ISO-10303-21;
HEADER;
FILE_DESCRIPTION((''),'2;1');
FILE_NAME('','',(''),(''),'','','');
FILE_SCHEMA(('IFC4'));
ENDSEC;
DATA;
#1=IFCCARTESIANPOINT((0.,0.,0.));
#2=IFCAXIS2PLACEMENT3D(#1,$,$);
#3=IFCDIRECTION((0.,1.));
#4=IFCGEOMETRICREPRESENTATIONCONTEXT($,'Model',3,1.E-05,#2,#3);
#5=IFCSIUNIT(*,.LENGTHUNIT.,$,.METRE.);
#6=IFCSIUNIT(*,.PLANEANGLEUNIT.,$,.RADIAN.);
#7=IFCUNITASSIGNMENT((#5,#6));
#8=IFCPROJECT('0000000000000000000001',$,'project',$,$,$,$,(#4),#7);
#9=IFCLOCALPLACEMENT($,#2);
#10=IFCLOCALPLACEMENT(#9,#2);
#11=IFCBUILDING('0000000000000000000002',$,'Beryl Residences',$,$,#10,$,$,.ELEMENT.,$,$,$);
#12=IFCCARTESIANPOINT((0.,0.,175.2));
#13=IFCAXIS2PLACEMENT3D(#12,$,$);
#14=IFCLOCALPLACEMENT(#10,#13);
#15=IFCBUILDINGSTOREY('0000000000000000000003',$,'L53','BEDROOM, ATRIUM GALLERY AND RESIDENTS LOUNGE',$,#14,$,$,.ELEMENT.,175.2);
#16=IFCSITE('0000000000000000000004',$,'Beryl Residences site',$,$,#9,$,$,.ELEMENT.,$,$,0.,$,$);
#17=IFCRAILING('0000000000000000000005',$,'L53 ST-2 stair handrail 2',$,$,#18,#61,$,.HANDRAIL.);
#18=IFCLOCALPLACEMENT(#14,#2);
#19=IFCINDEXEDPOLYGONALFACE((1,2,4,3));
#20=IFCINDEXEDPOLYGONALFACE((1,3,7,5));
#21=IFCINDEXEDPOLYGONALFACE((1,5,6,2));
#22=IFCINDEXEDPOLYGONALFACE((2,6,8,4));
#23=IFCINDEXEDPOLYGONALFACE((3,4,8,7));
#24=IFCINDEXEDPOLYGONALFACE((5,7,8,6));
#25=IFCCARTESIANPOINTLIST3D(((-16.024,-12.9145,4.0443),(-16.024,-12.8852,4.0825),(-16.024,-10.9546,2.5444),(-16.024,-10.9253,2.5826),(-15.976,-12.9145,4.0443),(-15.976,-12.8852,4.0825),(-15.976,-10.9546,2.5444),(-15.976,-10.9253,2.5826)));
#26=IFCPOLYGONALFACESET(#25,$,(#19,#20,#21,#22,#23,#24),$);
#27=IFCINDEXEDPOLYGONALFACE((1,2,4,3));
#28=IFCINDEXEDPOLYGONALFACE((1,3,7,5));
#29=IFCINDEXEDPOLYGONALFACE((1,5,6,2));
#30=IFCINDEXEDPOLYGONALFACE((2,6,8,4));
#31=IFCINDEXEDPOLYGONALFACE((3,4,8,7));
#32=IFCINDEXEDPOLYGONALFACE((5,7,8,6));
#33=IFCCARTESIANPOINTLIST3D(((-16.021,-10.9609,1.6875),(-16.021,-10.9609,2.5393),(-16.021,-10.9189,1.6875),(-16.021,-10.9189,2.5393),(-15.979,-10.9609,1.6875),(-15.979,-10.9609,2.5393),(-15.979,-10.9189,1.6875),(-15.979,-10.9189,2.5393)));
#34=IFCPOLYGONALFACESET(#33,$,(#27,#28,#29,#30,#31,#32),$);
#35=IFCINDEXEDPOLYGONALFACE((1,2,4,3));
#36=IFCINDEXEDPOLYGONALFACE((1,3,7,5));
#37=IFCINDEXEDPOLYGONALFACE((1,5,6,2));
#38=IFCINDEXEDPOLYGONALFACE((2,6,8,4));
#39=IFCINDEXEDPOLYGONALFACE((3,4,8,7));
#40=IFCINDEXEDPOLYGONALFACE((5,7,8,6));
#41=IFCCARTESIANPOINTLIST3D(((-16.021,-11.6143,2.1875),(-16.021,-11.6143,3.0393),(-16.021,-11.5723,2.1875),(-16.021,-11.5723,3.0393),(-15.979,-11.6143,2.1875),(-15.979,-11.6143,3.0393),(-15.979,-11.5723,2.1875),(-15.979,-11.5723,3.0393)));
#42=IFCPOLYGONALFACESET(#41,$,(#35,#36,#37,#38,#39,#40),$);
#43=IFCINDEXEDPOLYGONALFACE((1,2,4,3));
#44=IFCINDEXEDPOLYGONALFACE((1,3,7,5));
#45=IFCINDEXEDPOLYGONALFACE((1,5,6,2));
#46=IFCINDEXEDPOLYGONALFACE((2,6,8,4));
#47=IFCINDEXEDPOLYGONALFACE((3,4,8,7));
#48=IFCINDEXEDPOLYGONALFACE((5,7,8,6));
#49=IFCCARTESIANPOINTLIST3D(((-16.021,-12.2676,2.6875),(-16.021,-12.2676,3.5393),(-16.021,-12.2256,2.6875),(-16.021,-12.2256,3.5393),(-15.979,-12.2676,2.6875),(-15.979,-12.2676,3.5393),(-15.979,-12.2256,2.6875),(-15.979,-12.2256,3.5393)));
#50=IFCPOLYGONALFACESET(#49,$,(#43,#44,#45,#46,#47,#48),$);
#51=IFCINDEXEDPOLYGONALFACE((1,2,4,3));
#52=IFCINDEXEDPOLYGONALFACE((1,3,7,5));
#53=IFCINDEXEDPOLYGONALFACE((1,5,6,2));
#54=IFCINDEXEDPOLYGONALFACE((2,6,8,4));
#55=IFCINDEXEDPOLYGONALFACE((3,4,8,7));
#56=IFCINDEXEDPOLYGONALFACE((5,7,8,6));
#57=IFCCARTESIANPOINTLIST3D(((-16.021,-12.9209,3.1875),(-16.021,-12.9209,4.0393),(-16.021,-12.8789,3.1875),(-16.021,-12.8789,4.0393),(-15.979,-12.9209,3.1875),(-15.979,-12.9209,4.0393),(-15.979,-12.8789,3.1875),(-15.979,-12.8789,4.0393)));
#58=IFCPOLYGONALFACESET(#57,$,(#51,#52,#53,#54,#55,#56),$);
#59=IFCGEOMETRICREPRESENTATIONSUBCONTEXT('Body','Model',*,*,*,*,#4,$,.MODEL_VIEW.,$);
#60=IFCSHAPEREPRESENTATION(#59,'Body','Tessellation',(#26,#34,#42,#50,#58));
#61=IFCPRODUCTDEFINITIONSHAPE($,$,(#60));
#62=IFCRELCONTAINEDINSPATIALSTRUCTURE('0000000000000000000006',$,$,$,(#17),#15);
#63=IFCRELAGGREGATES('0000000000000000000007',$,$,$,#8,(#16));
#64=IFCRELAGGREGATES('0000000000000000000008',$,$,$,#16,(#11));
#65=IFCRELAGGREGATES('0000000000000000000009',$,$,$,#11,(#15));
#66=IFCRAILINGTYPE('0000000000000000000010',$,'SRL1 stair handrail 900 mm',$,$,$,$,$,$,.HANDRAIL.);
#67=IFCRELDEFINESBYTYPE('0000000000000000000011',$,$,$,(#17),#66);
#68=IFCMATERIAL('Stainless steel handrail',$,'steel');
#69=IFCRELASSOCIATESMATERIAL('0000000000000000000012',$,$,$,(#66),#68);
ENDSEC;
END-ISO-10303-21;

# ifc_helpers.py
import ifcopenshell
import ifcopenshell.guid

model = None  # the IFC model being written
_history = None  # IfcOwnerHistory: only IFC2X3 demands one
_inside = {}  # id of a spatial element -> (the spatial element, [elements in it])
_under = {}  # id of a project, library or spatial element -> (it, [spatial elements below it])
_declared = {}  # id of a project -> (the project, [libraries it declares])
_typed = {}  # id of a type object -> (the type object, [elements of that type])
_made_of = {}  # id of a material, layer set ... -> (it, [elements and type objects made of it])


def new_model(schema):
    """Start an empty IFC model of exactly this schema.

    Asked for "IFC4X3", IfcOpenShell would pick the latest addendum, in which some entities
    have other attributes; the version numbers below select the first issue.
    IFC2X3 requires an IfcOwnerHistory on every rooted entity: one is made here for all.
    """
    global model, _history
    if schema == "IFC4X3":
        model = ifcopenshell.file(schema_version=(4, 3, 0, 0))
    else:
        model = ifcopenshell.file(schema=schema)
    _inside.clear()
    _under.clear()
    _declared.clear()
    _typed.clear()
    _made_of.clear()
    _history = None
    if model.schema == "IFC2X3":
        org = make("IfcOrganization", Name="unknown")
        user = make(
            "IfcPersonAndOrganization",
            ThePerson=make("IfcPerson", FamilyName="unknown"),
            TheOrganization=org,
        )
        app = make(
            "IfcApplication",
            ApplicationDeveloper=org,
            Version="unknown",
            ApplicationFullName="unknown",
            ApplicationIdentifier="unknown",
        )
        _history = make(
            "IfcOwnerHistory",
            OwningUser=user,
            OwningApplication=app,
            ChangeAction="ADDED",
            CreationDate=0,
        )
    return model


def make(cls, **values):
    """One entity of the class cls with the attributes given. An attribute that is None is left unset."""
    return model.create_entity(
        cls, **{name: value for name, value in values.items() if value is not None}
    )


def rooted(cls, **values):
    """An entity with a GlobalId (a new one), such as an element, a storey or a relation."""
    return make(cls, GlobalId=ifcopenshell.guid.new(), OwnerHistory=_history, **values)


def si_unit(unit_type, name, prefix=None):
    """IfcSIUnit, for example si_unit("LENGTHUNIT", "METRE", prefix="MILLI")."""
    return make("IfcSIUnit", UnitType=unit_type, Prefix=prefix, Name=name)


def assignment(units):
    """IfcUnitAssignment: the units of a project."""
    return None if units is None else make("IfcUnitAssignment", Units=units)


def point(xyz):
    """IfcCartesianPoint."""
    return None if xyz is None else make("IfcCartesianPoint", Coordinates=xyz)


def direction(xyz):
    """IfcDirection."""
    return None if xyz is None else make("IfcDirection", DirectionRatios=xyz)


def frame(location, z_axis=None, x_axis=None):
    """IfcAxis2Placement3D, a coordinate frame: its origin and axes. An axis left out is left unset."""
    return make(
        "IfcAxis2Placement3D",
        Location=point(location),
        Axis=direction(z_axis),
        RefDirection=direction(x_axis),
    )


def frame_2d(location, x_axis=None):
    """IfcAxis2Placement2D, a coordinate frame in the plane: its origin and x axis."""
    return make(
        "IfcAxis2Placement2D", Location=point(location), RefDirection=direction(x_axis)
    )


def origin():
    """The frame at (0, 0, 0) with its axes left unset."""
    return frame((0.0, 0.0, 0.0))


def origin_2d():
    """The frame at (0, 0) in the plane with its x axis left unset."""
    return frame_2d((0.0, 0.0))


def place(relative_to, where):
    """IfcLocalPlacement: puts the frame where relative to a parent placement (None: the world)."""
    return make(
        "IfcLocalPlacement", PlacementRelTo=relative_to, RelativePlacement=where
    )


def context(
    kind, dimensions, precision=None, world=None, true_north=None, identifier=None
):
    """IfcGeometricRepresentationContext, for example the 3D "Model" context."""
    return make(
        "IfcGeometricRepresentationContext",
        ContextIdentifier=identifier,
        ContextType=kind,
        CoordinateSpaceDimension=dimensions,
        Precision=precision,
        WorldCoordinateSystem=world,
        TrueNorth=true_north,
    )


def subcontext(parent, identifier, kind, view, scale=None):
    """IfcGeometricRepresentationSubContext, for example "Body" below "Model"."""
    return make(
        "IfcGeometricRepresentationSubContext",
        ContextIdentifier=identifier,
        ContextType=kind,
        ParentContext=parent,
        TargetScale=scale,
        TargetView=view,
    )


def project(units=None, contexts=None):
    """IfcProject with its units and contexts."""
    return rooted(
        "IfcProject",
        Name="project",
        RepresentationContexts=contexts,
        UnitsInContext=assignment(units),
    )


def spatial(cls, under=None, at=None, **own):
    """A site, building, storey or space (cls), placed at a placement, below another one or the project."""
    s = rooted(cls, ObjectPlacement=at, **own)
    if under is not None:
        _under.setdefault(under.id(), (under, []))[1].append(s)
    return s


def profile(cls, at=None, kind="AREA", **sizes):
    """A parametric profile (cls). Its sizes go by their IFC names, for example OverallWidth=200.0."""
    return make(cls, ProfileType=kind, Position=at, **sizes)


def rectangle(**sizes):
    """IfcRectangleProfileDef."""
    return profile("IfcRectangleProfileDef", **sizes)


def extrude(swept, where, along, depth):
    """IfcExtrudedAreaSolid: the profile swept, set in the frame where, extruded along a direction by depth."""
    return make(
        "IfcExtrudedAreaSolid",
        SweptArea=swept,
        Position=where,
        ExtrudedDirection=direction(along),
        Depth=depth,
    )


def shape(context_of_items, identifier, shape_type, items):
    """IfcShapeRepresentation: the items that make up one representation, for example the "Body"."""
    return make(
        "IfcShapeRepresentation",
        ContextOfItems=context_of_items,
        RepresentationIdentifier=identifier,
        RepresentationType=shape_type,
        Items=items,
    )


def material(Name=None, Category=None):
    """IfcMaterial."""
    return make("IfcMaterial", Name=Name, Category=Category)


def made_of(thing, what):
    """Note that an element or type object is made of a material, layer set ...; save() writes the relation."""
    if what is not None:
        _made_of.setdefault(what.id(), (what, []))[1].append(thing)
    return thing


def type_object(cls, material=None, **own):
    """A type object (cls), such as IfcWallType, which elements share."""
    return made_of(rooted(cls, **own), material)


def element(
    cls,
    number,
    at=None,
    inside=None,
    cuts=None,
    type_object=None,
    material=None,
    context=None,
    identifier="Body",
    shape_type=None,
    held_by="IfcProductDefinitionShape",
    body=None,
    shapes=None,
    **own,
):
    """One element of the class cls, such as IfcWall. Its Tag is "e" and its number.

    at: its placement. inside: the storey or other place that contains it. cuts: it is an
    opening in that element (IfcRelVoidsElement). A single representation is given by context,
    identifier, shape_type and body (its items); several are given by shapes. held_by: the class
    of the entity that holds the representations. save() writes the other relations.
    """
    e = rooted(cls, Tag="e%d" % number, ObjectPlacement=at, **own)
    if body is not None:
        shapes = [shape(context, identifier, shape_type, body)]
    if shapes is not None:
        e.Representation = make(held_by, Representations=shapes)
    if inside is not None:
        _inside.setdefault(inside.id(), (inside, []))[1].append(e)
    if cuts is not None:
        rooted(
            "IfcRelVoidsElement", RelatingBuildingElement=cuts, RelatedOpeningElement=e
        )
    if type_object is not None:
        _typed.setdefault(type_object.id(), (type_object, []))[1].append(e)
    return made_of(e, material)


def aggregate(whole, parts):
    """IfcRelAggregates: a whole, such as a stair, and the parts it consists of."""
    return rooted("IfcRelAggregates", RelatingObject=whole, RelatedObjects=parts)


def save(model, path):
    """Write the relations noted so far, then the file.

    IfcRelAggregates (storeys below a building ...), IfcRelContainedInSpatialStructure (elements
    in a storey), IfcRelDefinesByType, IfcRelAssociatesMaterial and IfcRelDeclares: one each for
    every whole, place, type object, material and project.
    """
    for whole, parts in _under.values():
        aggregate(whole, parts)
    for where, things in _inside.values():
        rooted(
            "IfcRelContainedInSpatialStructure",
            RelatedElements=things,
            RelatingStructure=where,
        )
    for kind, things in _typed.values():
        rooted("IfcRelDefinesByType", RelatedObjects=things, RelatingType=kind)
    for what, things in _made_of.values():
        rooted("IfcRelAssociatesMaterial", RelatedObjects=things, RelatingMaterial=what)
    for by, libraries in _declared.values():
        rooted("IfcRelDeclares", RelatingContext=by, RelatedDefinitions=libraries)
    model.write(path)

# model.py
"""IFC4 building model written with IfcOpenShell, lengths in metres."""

from ifc_helpers import new_model, si_unit, direction, frame, origin, origin_2d, place, context, subcontext, project, spatial, rectangle, extrude, material, type_object, element, save


model = new_model("IFC4")

# Units and contexts
model_context = context("Model", 3, precision=1e-05, world=origin(), true_north=direction((0.0, 1.0)))
body_context = subcontext(model_context, "Body", "Model", "MODEL_VIEW")
ifc_project = project(units=[si_unit("LENGTHUNIT", "METRE"), si_unit("PLANEANGLEUNIT", "RADIAN")], contexts=[model_context])

# Site, building, storey
site_placement = place(None, origin())
site = spatial("IfcSite", under=ifc_project, at=site_placement, Name="Beryl Residences site", CompositionType="ELEMENT", RefElevation=0.0)
building_placement = place(site_placement, origin())
building = spatial("IfcBuilding", under=site, at=building_placement, Name="Beryl Residences", CompositionType="ELEMENT")
storey_placement = place(building_placement, frame((0.0, 0.0, 175.2)))
storey = spatial("IfcBuildingStorey", under=building, at=storey_placement, Name="L53", Description="BEDROOM, ATRIUM GALLERY AND RESIDENTS LOUNGE", CompositionType="ELEMENT", Elevation=175.2)

# Railing
ifc_material_1 = material(Name="Stainless steel handrail", Category="steel")
railing_type_1 = type_object("IfcRailingType", Name="SRL1 stair handrail 900 mm", PredefinedType="HANDRAIL", material=ifc_material_1)
railing_1_placement = place(storey_placement, frame((-16.0, -10.9399, 1.6875)))
element("IfcRailing", 1, at=railing_1_placement, inside=storey, type_object=railing_type_1, Name="L53 ST-2 stair handrail 2", PredefinedType="HANDRAIL", context=body_context, shape_type="SweptSolid", body=[
    extrude(rectangle(XDim=0.0481, YDim=0.0481, at=origin_2d()), frame((0.0, 0.0, 0.876), z_axis=(0.0, -0.794122, 0.607758), x_axis=(1.0, 0.0, 0.0)), (0.0, 0.0, 1.0), 2.468),
    extrude(rectangle(XDim=0.042, YDim=0.042, at=origin_2d()), origin(), (0.0, 0.0, 1.0), 0.8518),
    extrude(rectangle(XDim=0.042, YDim=0.042, at=origin_2d()), frame((0.0, -0.6533, 0.5)), (0.0, 0.0, 1.0), 0.8518),
    extrude(rectangle(XDim=0.042, YDim=0.042, at=origin_2d()), frame((0.0, -1.3066, 1.0)), (0.0, 0.0, 1.0), 0.8518),
    extrude(rectangle(XDim=0.042, YDim=0.042, at=origin_2d()), frame((0.0, -1.96, 1.5)), (0.0, 0.0, 1.0), 0.8518),
])

save(model, "model.ifc")
